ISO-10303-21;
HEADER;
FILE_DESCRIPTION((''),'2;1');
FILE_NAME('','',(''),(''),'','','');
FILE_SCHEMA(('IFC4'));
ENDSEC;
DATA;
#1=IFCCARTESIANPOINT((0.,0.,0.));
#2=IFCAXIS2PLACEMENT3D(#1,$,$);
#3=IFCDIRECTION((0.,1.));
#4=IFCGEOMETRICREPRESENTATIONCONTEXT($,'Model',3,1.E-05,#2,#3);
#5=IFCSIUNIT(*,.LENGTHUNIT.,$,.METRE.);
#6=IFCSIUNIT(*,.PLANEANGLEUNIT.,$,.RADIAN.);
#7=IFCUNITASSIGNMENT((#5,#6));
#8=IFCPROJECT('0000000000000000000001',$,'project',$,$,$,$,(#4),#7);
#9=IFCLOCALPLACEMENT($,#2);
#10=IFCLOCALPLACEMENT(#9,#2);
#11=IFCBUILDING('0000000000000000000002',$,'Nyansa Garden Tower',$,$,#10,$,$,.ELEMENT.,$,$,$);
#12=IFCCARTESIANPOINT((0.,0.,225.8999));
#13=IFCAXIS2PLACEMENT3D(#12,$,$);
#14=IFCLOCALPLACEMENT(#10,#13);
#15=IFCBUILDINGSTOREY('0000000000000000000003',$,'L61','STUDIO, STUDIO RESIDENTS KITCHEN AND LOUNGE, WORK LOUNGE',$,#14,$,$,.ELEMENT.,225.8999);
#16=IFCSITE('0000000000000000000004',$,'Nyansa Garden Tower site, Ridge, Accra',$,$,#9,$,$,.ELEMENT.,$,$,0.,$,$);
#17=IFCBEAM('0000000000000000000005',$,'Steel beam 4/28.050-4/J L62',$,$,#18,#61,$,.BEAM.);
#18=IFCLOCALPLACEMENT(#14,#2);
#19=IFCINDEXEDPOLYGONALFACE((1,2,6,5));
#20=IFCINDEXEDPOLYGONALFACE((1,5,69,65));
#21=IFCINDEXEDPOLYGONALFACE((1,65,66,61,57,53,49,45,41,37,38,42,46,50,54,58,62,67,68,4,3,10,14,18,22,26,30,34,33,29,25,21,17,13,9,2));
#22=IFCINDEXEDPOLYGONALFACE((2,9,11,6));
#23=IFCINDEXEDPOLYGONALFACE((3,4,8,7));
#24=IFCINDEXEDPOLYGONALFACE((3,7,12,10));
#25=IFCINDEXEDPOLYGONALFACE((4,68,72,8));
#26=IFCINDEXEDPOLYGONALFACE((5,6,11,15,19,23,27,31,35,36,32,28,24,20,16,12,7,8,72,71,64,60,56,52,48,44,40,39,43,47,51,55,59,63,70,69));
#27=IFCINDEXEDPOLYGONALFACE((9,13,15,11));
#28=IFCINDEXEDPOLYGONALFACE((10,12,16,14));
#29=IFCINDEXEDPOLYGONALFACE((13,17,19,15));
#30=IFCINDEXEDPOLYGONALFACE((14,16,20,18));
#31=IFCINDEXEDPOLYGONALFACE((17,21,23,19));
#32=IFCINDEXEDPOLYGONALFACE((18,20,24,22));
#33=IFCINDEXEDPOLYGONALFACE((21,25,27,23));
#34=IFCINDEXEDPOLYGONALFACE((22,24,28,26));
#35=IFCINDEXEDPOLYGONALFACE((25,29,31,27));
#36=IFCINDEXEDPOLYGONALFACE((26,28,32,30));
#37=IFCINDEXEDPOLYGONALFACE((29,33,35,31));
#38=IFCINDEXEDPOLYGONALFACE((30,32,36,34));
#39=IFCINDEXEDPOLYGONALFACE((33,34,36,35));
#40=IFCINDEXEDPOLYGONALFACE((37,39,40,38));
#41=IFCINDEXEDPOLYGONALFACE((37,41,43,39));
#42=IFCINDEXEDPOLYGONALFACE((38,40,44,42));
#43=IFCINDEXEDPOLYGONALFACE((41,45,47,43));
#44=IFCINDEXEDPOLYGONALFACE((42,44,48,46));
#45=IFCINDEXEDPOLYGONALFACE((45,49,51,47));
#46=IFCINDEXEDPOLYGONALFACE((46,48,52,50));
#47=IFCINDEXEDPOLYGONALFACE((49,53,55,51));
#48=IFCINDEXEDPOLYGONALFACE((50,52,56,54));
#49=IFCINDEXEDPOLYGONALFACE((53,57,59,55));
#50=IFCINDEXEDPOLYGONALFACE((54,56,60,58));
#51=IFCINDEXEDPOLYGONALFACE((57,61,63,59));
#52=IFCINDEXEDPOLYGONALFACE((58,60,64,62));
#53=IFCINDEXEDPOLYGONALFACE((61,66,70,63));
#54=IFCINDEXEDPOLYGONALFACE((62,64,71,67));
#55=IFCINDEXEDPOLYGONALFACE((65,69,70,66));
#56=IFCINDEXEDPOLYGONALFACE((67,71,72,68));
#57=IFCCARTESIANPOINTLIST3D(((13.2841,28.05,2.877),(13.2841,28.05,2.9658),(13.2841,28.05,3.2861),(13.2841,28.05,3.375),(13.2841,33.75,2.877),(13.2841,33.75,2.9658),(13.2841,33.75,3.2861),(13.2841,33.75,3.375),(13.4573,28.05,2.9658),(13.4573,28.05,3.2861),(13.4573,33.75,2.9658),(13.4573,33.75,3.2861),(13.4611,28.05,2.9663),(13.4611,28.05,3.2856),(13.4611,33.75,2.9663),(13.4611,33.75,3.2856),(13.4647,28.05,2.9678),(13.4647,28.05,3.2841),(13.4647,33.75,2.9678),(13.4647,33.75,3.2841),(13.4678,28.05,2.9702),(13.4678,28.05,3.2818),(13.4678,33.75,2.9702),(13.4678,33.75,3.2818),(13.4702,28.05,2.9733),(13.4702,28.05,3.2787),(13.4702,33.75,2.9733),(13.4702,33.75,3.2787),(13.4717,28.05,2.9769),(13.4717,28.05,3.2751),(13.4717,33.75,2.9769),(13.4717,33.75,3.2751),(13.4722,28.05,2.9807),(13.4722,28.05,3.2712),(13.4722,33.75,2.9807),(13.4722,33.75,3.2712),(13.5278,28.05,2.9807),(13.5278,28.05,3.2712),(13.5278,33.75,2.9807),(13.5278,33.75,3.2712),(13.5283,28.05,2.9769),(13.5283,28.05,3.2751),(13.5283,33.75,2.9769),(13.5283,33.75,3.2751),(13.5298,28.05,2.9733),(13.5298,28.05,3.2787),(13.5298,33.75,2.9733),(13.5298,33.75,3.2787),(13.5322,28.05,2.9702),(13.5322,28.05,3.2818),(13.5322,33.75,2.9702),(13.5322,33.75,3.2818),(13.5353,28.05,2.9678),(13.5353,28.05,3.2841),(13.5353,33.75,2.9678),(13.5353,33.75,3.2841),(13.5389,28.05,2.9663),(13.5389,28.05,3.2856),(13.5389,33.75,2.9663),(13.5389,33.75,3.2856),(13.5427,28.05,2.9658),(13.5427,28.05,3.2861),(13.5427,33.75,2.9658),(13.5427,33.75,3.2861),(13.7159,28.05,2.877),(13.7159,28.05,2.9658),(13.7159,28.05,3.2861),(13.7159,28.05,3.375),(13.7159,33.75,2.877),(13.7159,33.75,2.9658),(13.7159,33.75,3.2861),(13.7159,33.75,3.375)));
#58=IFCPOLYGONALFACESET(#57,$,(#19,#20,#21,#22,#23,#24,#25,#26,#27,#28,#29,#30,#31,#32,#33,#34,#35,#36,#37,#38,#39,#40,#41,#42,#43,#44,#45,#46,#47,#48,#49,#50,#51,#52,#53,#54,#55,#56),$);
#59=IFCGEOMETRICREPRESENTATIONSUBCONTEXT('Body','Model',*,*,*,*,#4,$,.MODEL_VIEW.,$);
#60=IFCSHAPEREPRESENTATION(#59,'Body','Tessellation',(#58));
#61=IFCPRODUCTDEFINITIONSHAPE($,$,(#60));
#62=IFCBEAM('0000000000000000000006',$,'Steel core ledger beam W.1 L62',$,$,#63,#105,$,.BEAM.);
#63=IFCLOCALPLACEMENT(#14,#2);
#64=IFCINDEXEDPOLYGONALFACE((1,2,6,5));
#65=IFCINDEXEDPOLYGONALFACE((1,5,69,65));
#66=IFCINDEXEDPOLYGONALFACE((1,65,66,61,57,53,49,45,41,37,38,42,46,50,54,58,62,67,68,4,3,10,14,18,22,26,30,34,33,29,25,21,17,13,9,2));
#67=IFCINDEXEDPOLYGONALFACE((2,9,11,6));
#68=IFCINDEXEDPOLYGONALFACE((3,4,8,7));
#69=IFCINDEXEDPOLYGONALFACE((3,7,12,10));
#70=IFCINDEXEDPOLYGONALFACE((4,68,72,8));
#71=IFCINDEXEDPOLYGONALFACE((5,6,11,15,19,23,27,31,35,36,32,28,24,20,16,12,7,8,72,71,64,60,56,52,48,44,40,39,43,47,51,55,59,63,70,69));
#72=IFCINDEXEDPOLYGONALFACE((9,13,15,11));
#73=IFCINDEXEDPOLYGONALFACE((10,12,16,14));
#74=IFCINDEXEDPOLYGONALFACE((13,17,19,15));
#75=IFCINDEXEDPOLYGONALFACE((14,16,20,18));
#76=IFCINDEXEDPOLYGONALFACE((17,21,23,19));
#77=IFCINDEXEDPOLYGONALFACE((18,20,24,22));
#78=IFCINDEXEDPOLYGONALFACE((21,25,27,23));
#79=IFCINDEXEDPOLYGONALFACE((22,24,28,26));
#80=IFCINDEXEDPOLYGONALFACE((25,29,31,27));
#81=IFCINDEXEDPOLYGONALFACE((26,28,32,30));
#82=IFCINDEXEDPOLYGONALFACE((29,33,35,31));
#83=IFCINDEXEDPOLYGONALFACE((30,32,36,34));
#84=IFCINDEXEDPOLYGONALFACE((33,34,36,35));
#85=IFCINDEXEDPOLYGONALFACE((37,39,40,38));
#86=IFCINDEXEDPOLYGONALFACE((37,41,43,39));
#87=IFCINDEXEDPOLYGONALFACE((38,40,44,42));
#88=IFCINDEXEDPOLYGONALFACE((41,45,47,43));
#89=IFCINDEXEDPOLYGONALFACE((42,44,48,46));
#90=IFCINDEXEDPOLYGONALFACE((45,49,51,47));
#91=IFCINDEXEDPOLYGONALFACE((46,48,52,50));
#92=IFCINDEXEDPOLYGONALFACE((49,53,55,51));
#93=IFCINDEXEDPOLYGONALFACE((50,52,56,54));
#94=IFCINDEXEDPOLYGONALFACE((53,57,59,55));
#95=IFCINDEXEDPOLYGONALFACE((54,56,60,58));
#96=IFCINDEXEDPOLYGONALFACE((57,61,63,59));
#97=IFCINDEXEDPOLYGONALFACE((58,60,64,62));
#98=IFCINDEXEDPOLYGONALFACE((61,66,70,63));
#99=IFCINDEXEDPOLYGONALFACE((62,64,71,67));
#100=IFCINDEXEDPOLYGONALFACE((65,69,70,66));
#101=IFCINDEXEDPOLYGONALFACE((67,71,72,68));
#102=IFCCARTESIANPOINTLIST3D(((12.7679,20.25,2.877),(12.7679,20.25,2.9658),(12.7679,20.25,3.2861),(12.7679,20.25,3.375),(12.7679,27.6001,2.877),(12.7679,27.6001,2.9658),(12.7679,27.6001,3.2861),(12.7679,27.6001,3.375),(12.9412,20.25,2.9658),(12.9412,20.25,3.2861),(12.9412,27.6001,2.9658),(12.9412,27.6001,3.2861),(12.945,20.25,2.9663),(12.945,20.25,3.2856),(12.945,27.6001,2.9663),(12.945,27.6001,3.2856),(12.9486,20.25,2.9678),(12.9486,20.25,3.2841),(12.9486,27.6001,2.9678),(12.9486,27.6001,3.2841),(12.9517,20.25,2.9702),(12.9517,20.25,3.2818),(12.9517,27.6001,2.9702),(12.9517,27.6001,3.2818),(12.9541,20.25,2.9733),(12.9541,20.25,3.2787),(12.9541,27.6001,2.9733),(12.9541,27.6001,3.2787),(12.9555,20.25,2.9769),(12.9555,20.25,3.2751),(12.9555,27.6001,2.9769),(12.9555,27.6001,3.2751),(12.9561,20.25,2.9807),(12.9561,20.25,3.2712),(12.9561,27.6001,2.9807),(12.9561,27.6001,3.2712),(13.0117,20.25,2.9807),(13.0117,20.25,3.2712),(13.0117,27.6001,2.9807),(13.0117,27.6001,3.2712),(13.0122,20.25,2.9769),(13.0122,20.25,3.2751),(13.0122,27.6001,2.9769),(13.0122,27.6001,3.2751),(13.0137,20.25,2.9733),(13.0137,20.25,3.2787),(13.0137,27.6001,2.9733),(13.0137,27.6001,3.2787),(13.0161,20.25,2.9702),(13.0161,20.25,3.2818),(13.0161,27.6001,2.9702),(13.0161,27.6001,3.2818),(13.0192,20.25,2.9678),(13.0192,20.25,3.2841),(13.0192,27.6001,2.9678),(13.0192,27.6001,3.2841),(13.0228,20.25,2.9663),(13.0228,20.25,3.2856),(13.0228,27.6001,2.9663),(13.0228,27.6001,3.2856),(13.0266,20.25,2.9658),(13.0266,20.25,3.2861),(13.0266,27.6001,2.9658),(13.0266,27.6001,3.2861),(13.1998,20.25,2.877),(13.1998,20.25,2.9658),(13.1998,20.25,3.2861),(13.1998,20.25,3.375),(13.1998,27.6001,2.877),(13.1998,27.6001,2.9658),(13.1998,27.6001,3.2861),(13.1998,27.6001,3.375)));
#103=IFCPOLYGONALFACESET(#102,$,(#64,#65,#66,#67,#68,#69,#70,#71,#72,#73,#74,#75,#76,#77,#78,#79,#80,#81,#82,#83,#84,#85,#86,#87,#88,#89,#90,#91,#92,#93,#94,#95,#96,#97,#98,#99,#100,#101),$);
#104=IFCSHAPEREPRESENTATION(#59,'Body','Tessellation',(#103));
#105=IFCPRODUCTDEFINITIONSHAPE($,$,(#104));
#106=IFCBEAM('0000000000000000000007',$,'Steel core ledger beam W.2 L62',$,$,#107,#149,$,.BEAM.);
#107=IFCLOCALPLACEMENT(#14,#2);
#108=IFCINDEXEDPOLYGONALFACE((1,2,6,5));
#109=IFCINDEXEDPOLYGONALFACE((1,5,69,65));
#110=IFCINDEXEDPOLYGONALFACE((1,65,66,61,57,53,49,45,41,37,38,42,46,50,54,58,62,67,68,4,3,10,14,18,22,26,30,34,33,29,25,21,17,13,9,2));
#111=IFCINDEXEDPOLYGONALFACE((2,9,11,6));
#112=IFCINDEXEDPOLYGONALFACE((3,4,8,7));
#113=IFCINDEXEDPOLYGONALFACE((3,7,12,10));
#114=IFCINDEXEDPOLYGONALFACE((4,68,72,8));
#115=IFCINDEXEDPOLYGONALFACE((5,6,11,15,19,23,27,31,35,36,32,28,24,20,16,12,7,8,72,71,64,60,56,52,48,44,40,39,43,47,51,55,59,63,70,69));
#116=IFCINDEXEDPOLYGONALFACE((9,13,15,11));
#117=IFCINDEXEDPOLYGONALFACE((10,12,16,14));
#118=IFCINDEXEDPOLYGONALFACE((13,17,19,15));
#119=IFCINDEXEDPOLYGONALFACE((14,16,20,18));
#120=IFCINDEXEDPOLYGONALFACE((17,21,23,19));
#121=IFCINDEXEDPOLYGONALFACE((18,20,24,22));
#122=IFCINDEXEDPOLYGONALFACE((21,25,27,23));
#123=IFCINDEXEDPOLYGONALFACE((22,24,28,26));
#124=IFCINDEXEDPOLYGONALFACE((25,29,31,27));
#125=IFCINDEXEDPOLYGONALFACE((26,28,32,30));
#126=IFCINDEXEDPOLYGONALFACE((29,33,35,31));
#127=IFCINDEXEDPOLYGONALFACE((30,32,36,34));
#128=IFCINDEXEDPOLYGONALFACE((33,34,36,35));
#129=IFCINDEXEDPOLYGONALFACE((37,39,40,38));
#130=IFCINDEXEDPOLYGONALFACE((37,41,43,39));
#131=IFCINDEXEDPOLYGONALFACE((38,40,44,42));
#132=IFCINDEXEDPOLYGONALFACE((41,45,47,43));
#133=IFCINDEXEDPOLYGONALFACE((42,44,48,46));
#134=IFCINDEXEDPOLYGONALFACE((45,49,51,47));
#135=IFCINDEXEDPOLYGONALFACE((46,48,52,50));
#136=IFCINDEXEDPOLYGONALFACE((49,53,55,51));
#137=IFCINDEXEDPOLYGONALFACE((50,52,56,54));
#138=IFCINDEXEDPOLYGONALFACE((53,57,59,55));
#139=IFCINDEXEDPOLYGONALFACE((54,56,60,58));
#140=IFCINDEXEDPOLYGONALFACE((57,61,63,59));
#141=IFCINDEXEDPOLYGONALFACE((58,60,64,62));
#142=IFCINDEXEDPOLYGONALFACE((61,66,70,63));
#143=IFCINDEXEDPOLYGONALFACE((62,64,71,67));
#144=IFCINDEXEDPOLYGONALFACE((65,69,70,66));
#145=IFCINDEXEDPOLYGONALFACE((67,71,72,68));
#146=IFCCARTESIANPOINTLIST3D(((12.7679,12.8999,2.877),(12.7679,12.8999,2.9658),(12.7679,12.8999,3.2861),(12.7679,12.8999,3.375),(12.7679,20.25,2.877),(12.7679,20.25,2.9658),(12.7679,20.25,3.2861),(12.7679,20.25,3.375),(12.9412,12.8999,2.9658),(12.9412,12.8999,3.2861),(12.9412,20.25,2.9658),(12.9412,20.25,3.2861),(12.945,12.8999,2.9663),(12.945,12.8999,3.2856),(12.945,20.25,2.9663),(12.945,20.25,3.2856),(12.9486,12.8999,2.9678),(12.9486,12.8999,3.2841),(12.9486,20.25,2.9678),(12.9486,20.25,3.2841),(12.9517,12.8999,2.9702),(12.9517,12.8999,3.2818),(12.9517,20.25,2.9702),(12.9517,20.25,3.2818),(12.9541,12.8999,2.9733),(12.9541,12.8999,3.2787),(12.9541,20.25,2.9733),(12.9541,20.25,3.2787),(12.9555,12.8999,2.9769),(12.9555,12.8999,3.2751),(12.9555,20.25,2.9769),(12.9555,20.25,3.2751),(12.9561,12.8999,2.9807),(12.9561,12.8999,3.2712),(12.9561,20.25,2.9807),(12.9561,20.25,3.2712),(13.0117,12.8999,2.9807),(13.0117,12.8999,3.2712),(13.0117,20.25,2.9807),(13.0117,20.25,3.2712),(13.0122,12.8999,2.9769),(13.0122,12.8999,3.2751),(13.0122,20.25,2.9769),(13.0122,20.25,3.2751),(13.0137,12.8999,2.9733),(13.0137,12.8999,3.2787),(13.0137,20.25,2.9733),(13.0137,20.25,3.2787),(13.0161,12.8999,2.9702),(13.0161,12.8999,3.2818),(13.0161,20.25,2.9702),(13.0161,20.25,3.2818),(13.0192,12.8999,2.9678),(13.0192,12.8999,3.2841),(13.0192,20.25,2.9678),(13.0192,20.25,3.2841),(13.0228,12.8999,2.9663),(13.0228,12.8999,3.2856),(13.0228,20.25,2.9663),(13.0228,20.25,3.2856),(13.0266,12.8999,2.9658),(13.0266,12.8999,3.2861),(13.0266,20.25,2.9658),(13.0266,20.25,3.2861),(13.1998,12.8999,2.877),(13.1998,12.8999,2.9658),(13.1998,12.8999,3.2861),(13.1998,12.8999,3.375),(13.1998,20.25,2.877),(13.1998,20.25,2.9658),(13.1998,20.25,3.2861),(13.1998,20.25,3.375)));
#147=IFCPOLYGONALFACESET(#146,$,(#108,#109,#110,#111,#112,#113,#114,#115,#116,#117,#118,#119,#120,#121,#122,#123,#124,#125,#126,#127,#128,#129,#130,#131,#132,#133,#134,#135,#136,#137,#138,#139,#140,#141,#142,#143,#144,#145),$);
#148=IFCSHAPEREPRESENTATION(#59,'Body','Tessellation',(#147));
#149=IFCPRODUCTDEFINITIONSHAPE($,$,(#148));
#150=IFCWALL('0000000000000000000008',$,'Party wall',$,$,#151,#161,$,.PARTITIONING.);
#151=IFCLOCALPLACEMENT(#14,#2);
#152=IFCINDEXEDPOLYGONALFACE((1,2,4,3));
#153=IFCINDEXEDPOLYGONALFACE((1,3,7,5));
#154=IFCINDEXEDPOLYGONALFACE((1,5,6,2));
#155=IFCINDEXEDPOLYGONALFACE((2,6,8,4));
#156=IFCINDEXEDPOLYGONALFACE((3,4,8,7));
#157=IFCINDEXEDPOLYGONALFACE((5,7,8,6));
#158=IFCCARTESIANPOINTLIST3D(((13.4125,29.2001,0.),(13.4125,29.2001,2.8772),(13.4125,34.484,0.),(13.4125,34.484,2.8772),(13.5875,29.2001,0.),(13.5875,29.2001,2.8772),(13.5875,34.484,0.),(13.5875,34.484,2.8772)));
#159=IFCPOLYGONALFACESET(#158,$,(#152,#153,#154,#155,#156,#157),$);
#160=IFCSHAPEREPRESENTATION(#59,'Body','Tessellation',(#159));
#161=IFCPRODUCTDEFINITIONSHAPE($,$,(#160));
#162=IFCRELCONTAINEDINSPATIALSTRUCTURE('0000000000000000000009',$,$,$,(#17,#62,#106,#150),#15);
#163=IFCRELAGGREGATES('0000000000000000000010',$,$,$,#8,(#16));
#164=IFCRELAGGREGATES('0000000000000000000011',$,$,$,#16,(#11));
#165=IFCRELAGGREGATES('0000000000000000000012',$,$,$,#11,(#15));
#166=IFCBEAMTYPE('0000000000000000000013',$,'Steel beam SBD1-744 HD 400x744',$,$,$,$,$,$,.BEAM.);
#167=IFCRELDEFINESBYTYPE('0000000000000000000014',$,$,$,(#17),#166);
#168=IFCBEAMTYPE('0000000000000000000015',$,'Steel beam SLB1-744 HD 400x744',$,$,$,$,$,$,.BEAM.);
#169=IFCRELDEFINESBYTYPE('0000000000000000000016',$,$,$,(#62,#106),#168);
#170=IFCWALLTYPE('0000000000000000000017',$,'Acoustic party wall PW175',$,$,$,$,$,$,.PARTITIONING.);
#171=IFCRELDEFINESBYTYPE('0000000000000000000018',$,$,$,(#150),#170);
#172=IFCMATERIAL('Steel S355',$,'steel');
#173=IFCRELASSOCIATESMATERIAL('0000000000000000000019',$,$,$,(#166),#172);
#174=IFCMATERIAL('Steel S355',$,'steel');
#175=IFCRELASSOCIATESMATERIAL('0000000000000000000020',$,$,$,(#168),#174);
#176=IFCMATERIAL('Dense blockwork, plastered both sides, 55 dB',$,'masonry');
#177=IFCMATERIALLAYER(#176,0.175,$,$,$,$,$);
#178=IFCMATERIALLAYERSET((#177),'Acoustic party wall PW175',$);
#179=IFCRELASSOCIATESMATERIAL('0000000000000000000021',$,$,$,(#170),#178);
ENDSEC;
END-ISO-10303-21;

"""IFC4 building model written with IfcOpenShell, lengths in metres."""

from ifc_helpers import new_model, si_unit, direction, frame, frame_2d, origin, origin_2d, place, context, subcontext, project, spatial, rectangle, i_section, extrude, material, layer, layer_set, material_profile, profile_set, type_object, element, save


model = new_model("IFC4")

# Units and contexts
model_context = context("Model", 3, precision=1e-05, world=origin(), true_north=direction((0.0, 1.0)))
body_context = subcontext(model_context, "Body", "Model", "MODEL_VIEW")
ifc_project = project(units=[si_unit("LENGTHUNIT", "METRE"), si_unit("PLANEANGLEUNIT", "RADIAN")], contexts=[model_context])

# Site, building, storey
site_placement = place(None, origin())
site = spatial("IfcSite", under=ifc_project, at=site_placement, Name="Nyansa Garden Tower site, Ridge, Accra", CompositionType="ELEMENT", RefElevation=0.0)
building_placement = place(site_placement, origin())
building = spatial("IfcBuilding", under=site, at=building_placement, Name="Nyansa Garden Tower", CompositionType="ELEMENT")
storey_placement = place(building_placement, frame((0.0, 0.0, 225.8999)))
storey = spatial("IfcBuildingStorey", under=building, at=storey_placement, Name="L61", Description="STUDIO, STUDIO RESIDENTS KITCHEN AND LOUNGE, WORK LOUNGE", CompositionType="ELEMENT", Elevation=225.8999)

# Beams
ifc_material_1 = material(Name="Steel S355", Category="steel")
ifc_material_profile_1 = material_profile(ifc_material_1, i_section(OverallWidth=0.4319, OverallDepth=0.498, WebThickness=0.0557, FlangeThickness=0.0889, FilletRadius=0.0149, at=origin_2d()), Name="HD 400x744")
ifc_profile_set_1 = profile_set([ifc_material_profile_1], Name="Steel S355")
beam_type_1 = type_object("IfcBeamType", Name="Steel beam SBD1-744 HD 400x744", PredefinedType="BEAM", material=ifc_profile_set_1)
beam_1_placement = place(storey_placement, frame((13.5, 28.05, 3.126), z_axis=(0.0, 1.0, 0.0), x_axis=(-1.0, 0.0, 0.0)))
element("IfcBeam", 1, at=beam_1_placement, inside=storey, type_object=beam_type_1, Name="Steel beam 4/28.050-4/J L62", PredefinedType="BEAM", context=body_context, shape_type="SweptSolid", body=[
    extrude(i_section(OverallWidth=0.4319, OverallDepth=0.498, WebThickness=0.0557, FlangeThickness=0.0889, FilletRadius=0.0149, at=origin_2d()), origin(), (0.0, 0.0, 1.0), 5.7),
])
ifc_material_2 = material(Name="Steel S355", Category="steel")
ifc_material_profile_2 = material_profile(ifc_material_2, i_section(OverallWidth=0.4319, OverallDepth=0.498, WebThickness=0.0557, FlangeThickness=0.0889, FilletRadius=0.0149, at=origin_2d()), Name="HD 400x744")
ifc_profile_set_2 = profile_set([ifc_material_profile_2], Name="Steel S355")
beam_type_2 = type_object("IfcBeamType", Name="Steel beam SLB1-744 HD 400x744", PredefinedType="BEAM", material=ifc_profile_set_2)
for number, where, z_axis, x_axis, name in (
    (2, (12.9839, 27.6001, 3.126), (0.0, -1.0, 0.0), (1.0, 0.0, 0.0), "Steel core ledger beam W.1 L62"),
    (3, (12.9839, 20.25, 3.126), (0.0, -1.0, 0.0), (1.0, 0.0, 0.0), "Steel core ledger beam W.2 L62"),
):
    element("IfcBeam", number, at=place(storey_placement, frame(where, z_axis=z_axis, x_axis=x_axis)), inside=storey, type_object=beam_type_2, Name=name, PredefinedType="BEAM", context=body_context, shape_type="SweptSolid", body=[
        extrude(i_section(OverallWidth=0.4319, OverallDepth=0.498, WebThickness=0.0557, FlangeThickness=0.0889, FilletRadius=0.0149, at=origin_2d()), origin(), (0.0, 0.0, 1.0), 7.3501),
    ])

# Wall
ifc_material_3 = material(Name="Dense blockwork, plastered both sides, 55 dB", Category="masonry")
ifc_layer_1 = layer(ifc_material_3, 0.175)
ifc_layer_set_1 = layer_set([ifc_layer_1], Name="Acoustic party wall PW175")
wall_type_1 = type_object("IfcWallType", Name="Acoustic party wall PW175", PredefinedType="PARTITIONING", material=ifc_layer_set_1)
wall_1_placement = place(storey_placement, frame((13.5, 29.2, 0.0), z_axis=(0.0, 0.0, 1.0), x_axis=(0.0, 1.0, 0.0)))
element("IfcWall", 4, at=wall_1_placement, inside=storey, type_object=wall_type_1, Name="Party wall", PredefinedType="PARTITIONING", context=body_context, shape_type="SweptSolid", body=[
    extrude(rectangle(XDim=5.2839, YDim=0.175, at=frame_2d((2.6421, 0.0))), origin(), (0.0, 0.0, 1.0), 2.8772),
])

save(model, "model.ifc")
